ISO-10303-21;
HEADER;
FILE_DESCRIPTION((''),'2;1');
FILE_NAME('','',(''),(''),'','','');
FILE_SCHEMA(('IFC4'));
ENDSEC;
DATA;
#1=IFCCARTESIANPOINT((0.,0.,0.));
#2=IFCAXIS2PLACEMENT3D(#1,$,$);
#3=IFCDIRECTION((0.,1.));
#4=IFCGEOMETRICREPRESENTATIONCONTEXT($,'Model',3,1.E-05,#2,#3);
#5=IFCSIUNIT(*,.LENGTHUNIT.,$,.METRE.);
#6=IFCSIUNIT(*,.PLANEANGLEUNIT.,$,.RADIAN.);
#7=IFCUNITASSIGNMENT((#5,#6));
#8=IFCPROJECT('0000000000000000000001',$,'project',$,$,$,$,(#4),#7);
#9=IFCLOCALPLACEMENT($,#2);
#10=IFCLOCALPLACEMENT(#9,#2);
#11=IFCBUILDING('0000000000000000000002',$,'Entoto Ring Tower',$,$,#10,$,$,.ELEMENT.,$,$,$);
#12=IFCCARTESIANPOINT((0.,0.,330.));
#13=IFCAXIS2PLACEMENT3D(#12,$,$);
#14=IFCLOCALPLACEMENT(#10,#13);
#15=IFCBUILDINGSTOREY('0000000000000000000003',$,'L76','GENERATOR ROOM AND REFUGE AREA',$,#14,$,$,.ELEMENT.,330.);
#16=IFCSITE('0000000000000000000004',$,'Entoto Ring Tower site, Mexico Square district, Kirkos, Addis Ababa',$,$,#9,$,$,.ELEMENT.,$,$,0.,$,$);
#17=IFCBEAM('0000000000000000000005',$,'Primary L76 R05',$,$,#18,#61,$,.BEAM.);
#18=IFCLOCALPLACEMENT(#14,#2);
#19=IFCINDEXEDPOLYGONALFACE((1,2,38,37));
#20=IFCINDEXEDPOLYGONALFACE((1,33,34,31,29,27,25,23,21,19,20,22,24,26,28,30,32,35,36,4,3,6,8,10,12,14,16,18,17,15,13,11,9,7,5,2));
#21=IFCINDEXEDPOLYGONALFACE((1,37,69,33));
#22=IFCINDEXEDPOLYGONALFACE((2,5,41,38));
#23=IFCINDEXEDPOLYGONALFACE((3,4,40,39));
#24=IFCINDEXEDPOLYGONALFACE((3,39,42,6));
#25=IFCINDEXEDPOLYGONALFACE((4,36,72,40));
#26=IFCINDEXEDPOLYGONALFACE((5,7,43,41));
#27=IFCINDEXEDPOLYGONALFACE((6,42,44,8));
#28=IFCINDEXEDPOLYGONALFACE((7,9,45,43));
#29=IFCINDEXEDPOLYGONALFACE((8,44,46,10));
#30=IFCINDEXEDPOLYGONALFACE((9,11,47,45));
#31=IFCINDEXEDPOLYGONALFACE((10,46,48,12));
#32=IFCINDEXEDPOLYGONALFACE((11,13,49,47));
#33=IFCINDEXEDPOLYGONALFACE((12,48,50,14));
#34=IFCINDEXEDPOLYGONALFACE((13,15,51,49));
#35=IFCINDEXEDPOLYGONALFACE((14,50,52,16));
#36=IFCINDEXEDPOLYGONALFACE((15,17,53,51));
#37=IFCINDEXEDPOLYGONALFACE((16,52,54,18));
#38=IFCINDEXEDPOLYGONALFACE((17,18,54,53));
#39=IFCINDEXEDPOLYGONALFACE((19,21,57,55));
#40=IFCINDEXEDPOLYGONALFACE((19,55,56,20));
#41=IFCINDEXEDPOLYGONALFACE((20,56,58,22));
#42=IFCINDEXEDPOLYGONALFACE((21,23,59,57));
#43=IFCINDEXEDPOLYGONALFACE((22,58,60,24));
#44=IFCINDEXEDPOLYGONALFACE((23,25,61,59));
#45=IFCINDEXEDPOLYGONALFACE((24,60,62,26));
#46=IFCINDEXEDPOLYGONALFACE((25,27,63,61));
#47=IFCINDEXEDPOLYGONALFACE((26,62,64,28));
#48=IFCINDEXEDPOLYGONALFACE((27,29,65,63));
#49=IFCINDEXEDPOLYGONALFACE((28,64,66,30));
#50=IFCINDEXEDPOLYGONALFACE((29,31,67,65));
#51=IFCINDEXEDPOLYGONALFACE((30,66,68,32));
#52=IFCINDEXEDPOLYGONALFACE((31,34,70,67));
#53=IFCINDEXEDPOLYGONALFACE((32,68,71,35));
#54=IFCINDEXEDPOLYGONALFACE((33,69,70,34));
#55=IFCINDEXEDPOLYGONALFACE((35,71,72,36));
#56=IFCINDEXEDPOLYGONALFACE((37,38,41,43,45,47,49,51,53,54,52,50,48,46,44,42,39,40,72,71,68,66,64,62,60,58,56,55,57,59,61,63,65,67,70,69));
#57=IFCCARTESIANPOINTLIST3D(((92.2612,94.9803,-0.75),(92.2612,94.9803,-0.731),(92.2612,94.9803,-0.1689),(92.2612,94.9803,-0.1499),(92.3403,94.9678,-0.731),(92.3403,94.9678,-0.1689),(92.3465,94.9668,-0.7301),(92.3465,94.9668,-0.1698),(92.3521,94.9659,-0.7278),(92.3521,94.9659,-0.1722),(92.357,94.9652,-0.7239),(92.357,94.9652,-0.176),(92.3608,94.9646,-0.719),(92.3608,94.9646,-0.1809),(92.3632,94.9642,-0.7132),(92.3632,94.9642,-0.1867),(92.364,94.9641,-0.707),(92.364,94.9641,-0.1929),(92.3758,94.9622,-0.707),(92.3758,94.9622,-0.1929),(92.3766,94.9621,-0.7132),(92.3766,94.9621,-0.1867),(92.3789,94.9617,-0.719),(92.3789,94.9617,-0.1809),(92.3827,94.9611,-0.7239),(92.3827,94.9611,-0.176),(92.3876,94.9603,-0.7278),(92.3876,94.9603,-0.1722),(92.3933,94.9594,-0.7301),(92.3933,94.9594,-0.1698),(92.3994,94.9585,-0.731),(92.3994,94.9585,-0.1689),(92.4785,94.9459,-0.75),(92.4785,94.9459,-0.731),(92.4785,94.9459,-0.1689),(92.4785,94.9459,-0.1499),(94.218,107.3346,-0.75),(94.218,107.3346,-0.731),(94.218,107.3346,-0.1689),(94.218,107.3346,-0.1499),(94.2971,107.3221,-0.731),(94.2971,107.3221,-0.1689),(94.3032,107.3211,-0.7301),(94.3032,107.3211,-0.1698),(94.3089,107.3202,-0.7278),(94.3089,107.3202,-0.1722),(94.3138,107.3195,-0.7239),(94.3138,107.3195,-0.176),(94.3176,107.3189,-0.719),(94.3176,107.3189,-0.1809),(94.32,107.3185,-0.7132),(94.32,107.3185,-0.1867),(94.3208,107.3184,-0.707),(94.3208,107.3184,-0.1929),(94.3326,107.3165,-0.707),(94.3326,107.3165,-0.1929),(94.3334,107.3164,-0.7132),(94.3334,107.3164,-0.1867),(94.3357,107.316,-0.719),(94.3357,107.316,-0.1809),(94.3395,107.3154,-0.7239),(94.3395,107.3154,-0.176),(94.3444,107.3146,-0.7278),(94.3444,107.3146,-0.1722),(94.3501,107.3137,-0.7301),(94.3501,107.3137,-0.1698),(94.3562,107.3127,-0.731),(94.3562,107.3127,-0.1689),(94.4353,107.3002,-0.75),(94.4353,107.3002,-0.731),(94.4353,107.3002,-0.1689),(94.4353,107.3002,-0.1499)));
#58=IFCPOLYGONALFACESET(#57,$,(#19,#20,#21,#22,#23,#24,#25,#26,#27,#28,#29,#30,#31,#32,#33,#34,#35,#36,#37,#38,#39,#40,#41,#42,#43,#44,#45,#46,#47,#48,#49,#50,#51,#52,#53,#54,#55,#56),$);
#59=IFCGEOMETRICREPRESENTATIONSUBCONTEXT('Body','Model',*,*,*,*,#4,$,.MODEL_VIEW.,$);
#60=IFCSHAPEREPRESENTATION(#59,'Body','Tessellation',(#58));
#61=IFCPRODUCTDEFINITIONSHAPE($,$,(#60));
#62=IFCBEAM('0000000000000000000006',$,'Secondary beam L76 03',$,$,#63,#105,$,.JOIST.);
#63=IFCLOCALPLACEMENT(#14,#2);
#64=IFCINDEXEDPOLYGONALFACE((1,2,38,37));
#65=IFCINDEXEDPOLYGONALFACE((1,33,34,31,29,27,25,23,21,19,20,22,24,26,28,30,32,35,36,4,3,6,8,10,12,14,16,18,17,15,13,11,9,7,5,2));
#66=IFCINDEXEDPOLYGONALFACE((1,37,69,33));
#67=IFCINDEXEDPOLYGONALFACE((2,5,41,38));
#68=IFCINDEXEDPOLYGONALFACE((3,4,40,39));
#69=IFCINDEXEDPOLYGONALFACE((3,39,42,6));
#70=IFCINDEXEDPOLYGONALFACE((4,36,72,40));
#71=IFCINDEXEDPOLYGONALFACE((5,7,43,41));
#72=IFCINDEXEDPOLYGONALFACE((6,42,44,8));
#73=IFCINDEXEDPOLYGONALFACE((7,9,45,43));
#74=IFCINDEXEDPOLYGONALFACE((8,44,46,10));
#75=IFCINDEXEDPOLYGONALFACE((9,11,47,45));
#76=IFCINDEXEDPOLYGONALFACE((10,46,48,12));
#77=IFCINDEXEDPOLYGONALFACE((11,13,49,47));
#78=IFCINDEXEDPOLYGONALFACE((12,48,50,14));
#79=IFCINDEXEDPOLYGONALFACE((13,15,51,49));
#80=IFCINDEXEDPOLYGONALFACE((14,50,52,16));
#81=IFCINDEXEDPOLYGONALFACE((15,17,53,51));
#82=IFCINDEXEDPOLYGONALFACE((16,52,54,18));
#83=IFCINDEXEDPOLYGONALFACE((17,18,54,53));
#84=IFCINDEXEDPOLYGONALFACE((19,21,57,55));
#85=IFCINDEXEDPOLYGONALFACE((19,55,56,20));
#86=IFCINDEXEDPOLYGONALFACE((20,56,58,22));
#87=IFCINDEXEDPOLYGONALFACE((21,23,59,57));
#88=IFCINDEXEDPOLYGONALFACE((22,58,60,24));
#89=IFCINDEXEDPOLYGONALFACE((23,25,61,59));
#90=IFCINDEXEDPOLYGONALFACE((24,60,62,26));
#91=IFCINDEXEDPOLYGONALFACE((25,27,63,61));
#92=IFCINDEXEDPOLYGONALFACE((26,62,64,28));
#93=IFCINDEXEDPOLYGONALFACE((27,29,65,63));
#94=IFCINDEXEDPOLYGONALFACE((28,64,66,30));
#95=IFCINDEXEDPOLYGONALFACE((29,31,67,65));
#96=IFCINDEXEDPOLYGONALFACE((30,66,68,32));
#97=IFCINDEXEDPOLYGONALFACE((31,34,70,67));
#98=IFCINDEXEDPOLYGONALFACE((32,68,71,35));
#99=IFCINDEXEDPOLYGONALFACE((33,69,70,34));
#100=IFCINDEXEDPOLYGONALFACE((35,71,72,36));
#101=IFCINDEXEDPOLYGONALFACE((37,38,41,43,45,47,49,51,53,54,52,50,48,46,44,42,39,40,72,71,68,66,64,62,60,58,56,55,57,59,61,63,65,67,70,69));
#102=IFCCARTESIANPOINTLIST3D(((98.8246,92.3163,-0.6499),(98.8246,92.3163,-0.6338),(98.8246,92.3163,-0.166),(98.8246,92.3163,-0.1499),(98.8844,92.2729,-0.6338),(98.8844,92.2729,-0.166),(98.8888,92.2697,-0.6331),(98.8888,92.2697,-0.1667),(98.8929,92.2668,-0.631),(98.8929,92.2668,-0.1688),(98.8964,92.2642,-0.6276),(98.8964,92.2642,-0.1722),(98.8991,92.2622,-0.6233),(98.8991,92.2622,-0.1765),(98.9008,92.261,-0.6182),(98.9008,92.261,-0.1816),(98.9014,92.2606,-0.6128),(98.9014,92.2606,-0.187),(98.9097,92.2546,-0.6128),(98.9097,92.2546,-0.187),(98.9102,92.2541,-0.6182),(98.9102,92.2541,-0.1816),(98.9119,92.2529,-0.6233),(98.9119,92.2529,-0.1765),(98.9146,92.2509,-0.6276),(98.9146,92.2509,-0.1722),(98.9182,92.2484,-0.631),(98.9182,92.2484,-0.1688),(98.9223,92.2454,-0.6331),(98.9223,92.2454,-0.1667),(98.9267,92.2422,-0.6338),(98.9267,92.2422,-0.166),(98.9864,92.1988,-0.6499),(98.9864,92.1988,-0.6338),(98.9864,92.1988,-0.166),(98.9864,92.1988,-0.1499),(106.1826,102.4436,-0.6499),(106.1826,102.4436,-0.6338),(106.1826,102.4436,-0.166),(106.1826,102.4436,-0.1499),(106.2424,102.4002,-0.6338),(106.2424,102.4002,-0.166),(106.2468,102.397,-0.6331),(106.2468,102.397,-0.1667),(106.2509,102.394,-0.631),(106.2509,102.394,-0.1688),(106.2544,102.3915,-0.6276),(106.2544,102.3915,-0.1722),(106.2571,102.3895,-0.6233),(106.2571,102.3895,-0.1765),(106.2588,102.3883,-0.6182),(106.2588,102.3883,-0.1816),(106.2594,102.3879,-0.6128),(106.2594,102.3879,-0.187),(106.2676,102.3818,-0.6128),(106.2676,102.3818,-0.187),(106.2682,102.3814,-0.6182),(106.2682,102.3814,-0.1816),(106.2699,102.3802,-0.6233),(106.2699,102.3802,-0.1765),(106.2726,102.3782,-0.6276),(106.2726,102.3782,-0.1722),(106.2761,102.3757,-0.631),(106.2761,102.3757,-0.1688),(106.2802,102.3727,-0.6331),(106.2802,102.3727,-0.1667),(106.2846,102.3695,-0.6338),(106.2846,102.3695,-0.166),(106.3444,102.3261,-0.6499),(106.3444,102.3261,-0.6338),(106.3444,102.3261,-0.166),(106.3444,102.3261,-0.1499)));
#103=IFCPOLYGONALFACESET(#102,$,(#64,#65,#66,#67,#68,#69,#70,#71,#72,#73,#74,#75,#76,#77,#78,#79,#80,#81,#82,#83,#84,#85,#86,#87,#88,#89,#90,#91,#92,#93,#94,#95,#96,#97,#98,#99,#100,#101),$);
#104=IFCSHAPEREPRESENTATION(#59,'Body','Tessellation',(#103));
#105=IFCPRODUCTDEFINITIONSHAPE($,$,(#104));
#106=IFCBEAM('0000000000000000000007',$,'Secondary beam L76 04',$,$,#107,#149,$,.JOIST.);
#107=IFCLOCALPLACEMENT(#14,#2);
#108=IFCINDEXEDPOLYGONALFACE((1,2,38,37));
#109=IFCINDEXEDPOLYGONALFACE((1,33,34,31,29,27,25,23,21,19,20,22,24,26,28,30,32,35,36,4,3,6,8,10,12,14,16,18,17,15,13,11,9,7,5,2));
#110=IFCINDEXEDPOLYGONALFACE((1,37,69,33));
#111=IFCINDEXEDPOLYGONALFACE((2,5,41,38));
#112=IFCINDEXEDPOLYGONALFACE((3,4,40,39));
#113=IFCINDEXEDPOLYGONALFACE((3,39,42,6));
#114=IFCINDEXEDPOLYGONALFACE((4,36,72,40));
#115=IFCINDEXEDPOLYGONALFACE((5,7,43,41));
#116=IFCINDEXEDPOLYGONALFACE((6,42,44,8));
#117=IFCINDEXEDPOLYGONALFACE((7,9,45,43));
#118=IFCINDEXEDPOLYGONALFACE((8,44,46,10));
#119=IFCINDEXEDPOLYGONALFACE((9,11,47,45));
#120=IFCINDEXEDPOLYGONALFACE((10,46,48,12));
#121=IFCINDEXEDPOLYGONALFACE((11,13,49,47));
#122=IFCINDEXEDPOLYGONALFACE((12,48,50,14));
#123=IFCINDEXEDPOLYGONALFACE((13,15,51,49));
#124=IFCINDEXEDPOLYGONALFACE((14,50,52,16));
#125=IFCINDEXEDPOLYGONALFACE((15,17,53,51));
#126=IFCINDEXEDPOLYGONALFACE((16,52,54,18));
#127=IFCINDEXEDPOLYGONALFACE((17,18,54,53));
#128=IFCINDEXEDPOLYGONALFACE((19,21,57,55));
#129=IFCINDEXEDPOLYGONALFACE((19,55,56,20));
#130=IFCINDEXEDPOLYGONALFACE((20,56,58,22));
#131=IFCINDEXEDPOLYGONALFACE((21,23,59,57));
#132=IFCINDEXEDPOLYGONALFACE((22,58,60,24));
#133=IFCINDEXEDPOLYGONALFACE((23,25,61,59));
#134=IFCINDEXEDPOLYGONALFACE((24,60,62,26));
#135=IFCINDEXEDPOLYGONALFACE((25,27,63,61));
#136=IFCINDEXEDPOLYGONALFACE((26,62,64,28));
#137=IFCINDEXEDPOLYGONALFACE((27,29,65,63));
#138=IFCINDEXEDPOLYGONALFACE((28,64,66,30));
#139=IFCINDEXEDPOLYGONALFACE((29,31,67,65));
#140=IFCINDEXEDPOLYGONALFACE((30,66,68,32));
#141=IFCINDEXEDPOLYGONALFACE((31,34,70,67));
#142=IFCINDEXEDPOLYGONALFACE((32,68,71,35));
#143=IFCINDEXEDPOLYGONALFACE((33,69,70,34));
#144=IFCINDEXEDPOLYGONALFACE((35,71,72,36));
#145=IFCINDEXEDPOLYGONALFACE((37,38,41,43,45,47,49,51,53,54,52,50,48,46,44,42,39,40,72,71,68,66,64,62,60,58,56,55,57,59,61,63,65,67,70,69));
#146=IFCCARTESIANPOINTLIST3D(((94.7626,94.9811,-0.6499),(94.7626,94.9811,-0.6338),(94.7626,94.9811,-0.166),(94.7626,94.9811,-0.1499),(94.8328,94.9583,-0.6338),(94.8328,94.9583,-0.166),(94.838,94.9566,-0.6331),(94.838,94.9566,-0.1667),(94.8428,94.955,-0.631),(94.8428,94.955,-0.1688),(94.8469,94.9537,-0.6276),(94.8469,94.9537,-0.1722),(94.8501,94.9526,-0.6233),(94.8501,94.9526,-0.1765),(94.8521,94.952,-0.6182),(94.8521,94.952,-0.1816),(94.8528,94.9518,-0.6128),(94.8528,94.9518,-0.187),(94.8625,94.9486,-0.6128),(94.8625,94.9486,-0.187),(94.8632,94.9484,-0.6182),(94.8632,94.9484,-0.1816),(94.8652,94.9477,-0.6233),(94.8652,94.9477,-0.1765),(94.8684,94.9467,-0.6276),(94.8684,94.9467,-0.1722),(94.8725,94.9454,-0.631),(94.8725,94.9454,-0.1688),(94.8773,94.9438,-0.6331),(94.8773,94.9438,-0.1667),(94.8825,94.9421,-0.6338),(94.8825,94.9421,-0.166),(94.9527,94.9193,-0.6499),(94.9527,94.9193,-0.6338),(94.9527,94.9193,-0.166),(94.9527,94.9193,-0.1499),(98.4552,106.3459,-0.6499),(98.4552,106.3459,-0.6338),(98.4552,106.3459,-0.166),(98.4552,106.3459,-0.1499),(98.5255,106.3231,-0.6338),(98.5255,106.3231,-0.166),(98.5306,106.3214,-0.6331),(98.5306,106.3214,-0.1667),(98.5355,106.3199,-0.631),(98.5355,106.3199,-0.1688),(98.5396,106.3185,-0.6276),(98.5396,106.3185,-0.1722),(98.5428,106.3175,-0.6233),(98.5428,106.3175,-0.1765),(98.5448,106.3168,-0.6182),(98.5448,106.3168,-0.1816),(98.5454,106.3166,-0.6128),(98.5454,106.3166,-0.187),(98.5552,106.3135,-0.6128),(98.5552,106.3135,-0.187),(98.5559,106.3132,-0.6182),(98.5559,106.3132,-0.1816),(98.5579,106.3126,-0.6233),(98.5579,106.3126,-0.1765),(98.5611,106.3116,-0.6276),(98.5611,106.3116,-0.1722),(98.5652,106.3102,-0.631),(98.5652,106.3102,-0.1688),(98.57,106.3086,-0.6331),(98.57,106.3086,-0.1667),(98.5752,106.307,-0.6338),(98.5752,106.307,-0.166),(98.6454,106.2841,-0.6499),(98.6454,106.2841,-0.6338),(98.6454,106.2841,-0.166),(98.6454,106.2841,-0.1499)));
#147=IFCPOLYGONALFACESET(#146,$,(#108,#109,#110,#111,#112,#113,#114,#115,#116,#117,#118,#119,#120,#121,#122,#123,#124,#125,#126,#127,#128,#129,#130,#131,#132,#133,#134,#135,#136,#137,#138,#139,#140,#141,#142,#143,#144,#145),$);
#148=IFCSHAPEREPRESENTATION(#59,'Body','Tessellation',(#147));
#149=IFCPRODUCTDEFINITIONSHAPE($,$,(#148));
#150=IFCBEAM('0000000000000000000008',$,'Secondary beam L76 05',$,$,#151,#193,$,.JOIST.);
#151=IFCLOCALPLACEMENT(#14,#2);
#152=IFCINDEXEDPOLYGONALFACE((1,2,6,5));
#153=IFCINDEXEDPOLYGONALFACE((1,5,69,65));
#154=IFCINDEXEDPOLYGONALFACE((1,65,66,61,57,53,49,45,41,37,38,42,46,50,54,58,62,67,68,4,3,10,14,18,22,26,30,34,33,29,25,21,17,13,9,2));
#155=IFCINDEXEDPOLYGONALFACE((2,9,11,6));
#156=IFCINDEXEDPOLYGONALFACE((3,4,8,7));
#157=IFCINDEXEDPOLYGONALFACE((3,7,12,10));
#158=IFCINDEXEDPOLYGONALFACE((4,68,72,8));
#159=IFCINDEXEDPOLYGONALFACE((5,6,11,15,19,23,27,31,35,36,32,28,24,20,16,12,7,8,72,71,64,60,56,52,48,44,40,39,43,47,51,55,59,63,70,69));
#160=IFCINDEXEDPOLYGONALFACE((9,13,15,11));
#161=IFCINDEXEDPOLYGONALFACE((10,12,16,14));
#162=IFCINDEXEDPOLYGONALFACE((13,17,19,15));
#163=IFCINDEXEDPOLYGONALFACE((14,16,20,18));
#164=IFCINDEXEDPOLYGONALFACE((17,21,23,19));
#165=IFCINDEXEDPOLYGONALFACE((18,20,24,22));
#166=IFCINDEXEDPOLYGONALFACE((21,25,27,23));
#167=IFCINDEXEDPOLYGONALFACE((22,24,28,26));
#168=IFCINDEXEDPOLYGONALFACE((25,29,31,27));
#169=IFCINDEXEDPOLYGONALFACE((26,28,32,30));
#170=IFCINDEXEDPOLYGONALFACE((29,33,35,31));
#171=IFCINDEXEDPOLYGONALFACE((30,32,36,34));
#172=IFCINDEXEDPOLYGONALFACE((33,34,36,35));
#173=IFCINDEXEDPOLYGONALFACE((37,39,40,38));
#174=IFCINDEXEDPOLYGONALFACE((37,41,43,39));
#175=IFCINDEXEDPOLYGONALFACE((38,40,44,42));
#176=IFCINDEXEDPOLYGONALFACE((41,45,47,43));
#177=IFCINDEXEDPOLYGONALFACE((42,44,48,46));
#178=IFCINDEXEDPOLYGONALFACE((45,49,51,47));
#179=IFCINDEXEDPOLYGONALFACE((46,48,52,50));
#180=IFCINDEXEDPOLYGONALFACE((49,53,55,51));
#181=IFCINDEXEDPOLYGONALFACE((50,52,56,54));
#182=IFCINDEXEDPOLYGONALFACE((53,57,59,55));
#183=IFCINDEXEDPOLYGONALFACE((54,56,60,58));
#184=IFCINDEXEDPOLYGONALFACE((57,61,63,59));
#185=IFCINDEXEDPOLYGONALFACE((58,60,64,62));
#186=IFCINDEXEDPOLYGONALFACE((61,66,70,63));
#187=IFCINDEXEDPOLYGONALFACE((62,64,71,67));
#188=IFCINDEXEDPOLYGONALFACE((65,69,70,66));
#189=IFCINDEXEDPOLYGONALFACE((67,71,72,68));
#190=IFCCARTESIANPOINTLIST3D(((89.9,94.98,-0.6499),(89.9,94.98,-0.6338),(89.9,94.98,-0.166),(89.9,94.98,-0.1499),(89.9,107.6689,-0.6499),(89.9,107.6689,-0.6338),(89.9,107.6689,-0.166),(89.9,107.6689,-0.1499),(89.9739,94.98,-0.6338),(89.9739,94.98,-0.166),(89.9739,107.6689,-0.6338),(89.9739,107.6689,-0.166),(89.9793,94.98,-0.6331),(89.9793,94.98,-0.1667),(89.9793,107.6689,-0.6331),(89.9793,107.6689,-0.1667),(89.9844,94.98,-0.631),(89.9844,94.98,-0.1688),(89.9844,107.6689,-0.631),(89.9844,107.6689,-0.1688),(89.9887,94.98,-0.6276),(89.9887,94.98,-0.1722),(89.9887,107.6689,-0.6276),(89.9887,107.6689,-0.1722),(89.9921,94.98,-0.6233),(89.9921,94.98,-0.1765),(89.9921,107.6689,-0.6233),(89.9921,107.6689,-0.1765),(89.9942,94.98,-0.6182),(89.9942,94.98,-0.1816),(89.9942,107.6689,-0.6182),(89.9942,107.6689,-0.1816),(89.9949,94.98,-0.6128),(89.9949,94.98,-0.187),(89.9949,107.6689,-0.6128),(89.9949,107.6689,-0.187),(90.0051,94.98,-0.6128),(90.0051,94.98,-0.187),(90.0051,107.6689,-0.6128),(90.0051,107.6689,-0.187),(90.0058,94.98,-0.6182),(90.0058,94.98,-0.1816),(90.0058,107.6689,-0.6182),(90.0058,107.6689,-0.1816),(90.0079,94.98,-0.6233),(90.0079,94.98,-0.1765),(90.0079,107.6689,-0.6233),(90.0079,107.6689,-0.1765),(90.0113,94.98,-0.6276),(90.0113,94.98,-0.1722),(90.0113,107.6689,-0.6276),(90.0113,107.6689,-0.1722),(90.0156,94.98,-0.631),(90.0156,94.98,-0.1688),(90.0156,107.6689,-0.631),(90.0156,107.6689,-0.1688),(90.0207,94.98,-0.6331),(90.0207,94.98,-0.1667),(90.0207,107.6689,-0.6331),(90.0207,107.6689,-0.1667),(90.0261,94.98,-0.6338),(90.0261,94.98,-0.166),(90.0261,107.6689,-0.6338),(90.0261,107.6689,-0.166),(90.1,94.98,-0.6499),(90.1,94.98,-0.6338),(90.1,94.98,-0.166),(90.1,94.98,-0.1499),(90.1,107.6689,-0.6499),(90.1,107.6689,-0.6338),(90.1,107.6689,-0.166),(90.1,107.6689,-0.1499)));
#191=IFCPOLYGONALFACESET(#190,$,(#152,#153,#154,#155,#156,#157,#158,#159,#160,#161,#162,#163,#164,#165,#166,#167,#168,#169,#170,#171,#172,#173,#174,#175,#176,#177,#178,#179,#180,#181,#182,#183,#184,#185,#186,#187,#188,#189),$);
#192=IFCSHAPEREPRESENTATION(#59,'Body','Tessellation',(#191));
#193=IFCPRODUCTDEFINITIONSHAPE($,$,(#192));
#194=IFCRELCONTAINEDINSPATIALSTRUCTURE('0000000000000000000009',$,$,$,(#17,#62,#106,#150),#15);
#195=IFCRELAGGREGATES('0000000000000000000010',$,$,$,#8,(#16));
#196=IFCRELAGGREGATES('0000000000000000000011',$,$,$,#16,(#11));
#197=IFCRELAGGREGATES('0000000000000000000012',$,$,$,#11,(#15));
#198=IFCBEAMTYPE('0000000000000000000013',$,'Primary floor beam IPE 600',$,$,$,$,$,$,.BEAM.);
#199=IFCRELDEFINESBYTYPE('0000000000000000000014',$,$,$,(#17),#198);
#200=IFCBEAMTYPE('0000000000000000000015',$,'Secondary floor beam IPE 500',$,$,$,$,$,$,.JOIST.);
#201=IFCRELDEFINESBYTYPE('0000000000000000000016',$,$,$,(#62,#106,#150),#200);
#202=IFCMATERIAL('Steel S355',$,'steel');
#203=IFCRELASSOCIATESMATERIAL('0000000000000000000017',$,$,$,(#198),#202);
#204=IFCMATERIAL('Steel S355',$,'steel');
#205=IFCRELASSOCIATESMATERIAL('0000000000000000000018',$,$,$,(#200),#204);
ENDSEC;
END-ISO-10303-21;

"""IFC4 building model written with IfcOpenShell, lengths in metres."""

from ifc_helpers import new_model, si_unit, direction, frame, origin, origin_2d, place, context, subcontext, project, spatial, i_section, extrude, material, material_profile, profile_set, type_object, element, save


model = new_model("IFC4")

# Units and contexts
model_context = context("Model", 3, precision=1e-05, world=origin(), true_north=direction((0.0, 1.0)))
body_context = subcontext(model_context, "Body", "Model", "MODEL_VIEW")
ifc_project = project(units=[si_unit("LENGTHUNIT", "METRE"), si_unit("PLANEANGLEUNIT", "RADIAN")], contexts=[model_context])

# Site, building, storey
site_placement = place(None, origin())
site = spatial("IfcSite", under=ifc_project, at=site_placement, Name="Entoto Ring Tower site, Mexico Square district, Kirkos, Addis Ababa", CompositionType="ELEMENT", RefElevation=0.0)
building_placement = place(site_placement, origin())
building = spatial("IfcBuilding", under=site, at=building_placement, Name="Entoto Ring Tower", CompositionType="ELEMENT")
storey_placement = place(building_placement, frame((0.0, 0.0, 330.0)))
storey = spatial("IfcBuildingStorey", under=building, at=storey_placement, Name="L76", Description="GENERATOR ROOM AND REFUGE AREA", CompositionType="ELEMENT", Elevation=330.0)

# Beams
ifc_material_1 = material(Name="Steel S355", Category="steel")
ifc_material_profile_1 = material_profile(ifc_material_1, i_section(OverallWidth=0.22, OverallDepth=0.6001, WebThickness=0.012, FlangeThickness=0.019, FilletRadius=0.0239, at=origin_2d()), Name="IPE 600")
ifc_profile_set_1 = profile_set([ifc_material_profile_1], Name="Steel S355")
beam_type_1 = type_object("IfcBeamType", Name="Primary floor beam IPE 600", PredefinedType="BEAM", material=ifc_profile_set_1)
beam_1_placement = place(storey_placement, frame((92.3699, 94.9631, -0.45), z_axis=(0.15644, 0.987688, 0.0), x_axis=(-0.987688, 0.15644, 0.0)))
element("IfcBeam", 1, at=beam_1_placement, inside=storey, type_object=beam_type_1, Name="Primary L76 R05", PredefinedType="BEAM", context=body_context, shape_type="SweptSolid", body=[
    extrude(i_section(OverallWidth=0.22, OverallDepth=0.6001, WebThickness=0.012, FlangeThickness=0.019, FilletRadius=0.0239, at=origin_2d()), origin(), (0.0, 0.0, 1.0), 12.5083),
])
ifc_material_2 = material(Name="Steel S355", Category="steel")
ifc_material_profile_2 = material_profile(ifc_material_2, i_section(OverallWidth=0.2, OverallDepth=0.5, WebThickness=0.0103, FlangeThickness=0.0161, FilletRadius=0.021, at=origin_2d()), Name="IPE 500")
ifc_profile_set_2 = profile_set([ifc_material_profile_2], Name="Steel S355")
beam_type_2 = type_object("IfcBeamType", Name="Secondary floor beam IPE 500", PredefinedType="JOIST", material=ifc_profile_set_2)
beam_2_placement = place(storey_placement, frame((98.9055, 92.2576, -0.3999), z_axis=(0.587789, 0.809014, 0.0), x_axis=(-0.809014, 0.587789, 0.0)))
element("IfcBeam", 2, at=beam_2_placement, inside=storey, type_object=beam_type_2, Name="Secondary beam L76 03", PredefinedType="JOIST", context=body_context, shape_type="SweptSolid", body=[
    extrude(i_section(OverallWidth=0.2, OverallDepth=0.5, WebThickness=0.0103, FlangeThickness=0.0161, FilletRadius=0.021, at=origin_2d()), origin(), (0.0, 0.0, 1.0), 12.5181),
])
beam_3_placement = place(storey_placement, frame((94.8577, 94.9502, -0.3999), z_axis=(0.309017, 0.951057, 0.0), x_axis=(-0.951057, 0.309017, 0.0)))
element("IfcBeam", 3, at=beam_3_placement, inside=storey, type_object=beam_type_2, Name="Secondary beam L76 04", PredefinedType="JOIST", context=body_context, shape_type="SweptSolid", body=[
    extrude(i_section(OverallWidth=0.2, OverallDepth=0.5, WebThickness=0.0103, FlangeThickness=0.0161, FilletRadius=0.021, at=origin_2d()), origin(), (0.0, 0.0, 1.0), 11.9497),
])
beam_4_placement = place(storey_placement, frame((90.0, 94.98, -0.3999), z_axis=(0.0, 1.0, 0.0), x_axis=(-1.0, 0.0, 0.0)))
element("IfcBeam", 4, at=beam_4_placement, inside=storey, type_object=beam_type_2, Name="Secondary beam L76 05", PredefinedType="JOIST", context=body_context, shape_type="SweptSolid", body=[
    extrude(i_section(OverallWidth=0.2, OverallDepth=0.5, WebThickness=0.0103, FlangeThickness=0.0161, FilletRadius=0.021, at=origin_2d()), origin(), (0.0, 0.0, 1.0), 12.689),
])

save(model, "model.ifc")
